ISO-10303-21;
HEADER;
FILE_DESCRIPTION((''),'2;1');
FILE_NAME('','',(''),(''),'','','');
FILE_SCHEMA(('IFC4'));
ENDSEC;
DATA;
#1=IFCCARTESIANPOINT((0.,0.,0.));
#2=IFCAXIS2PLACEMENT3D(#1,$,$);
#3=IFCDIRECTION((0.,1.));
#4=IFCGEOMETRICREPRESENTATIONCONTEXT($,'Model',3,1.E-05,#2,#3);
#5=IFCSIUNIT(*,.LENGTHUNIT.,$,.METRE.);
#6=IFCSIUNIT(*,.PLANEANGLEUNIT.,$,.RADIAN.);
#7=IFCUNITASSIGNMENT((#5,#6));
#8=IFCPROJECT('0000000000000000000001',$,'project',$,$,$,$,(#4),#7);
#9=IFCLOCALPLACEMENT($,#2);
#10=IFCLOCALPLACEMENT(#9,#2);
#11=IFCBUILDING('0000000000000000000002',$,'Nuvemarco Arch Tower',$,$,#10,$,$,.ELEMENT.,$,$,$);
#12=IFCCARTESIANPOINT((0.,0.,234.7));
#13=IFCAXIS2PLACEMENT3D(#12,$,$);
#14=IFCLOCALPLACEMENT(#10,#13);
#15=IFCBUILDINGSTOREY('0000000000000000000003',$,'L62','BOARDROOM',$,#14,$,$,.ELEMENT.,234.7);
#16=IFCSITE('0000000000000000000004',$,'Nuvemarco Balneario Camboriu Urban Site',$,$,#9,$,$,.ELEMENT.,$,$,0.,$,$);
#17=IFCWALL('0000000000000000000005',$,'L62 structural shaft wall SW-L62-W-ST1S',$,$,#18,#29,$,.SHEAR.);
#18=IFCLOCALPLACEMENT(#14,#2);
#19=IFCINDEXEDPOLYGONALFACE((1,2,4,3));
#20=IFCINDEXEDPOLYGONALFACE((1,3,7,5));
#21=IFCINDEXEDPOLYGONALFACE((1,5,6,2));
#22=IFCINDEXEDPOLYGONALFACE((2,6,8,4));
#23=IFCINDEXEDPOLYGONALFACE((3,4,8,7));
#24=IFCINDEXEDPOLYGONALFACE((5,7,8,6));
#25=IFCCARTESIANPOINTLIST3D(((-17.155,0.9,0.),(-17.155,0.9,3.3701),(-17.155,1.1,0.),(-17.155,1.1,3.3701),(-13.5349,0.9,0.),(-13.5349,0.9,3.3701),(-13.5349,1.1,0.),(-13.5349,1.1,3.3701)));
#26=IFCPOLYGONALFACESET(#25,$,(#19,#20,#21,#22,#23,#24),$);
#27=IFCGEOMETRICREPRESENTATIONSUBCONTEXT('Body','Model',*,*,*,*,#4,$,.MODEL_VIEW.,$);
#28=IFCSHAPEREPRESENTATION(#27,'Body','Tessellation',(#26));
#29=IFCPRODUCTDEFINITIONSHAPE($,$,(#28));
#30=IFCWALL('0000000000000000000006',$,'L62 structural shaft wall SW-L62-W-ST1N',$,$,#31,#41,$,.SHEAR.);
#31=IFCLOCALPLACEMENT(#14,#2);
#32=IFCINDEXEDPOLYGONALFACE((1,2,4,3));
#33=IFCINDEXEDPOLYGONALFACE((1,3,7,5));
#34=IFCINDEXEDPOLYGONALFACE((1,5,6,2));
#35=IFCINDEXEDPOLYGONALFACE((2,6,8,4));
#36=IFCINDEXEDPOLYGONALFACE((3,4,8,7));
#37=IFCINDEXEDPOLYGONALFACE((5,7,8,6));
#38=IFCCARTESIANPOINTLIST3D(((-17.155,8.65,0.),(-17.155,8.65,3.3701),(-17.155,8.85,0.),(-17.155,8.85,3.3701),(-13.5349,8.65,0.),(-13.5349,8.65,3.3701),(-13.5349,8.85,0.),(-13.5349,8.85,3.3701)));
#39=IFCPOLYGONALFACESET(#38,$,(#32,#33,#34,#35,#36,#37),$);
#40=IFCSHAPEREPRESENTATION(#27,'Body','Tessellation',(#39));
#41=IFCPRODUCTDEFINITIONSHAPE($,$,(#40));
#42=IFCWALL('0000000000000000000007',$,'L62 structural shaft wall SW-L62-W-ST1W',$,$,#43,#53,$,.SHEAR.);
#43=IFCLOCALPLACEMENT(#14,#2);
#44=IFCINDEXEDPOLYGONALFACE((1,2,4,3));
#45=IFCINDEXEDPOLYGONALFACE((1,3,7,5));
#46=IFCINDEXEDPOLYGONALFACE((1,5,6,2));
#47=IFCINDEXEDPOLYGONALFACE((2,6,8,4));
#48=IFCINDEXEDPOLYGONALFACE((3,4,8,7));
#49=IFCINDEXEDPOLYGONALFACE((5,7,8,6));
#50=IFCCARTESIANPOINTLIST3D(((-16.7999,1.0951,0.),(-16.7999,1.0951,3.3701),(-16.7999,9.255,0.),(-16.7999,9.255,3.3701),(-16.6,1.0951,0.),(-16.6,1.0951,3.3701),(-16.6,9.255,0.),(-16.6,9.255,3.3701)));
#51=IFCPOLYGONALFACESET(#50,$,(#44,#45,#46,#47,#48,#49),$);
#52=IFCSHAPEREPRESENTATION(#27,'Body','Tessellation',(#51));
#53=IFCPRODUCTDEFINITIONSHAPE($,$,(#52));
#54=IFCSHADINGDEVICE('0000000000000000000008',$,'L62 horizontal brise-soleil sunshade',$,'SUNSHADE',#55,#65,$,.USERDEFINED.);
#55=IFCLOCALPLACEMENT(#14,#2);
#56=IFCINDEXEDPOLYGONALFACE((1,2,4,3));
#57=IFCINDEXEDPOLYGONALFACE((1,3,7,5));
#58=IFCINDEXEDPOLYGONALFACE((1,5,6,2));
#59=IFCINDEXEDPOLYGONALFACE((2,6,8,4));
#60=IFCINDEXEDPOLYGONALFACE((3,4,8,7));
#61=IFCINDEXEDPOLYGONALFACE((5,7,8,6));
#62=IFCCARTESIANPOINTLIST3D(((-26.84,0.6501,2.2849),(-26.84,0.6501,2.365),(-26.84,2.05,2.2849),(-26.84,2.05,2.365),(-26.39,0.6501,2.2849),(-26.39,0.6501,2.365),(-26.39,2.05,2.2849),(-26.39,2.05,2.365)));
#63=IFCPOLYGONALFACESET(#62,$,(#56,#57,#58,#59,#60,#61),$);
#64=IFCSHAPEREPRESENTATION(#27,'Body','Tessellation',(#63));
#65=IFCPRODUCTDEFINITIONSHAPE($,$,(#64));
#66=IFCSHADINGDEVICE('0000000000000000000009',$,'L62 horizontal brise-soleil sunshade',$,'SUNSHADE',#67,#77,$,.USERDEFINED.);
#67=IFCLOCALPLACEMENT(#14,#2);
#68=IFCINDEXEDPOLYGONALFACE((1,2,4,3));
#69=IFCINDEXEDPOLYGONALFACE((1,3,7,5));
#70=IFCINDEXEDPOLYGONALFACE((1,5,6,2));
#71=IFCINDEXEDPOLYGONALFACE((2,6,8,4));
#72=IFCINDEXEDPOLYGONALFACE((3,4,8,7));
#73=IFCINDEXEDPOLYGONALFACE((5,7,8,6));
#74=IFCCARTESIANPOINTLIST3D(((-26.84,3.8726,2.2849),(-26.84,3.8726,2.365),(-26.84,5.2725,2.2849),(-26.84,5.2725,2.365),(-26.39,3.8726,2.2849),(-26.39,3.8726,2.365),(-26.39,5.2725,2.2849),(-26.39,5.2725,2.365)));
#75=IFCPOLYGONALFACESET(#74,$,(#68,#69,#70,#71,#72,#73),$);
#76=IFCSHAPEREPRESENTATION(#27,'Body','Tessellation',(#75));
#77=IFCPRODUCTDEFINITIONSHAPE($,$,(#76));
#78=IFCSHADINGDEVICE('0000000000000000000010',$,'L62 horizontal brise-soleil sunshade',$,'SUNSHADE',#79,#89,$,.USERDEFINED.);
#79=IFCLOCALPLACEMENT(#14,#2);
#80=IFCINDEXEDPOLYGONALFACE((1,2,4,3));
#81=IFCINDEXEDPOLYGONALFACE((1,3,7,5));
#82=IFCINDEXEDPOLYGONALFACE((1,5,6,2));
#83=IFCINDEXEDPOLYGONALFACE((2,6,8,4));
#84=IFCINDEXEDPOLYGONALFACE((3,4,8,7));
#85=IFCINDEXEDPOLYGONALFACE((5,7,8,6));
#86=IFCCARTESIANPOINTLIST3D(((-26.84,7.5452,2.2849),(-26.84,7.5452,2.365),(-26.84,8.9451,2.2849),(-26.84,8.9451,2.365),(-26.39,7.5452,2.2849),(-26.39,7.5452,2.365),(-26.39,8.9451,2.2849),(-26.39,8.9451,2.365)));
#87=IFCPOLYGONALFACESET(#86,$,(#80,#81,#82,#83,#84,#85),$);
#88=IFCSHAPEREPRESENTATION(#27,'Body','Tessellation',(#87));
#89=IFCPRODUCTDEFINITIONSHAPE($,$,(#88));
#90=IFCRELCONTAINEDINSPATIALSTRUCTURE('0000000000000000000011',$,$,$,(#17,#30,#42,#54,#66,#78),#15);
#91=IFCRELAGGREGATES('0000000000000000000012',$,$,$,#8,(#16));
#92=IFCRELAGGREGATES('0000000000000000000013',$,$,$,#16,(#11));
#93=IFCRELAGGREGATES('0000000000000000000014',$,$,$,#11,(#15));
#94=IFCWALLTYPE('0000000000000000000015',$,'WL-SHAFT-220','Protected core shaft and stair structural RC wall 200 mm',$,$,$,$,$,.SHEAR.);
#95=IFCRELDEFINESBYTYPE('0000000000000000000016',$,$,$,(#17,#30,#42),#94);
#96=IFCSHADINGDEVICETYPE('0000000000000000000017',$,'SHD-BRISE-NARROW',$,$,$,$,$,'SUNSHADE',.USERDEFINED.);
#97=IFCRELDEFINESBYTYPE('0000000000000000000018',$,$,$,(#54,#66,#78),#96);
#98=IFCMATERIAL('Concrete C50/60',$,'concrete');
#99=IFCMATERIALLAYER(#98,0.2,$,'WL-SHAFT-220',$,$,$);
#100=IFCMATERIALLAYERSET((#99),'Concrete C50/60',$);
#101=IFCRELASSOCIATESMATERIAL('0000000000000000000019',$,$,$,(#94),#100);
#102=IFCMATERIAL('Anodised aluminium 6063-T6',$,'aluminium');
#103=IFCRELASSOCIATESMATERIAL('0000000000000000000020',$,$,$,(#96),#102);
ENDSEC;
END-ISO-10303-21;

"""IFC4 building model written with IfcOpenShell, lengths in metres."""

from ifc_helpers import new_model, si_unit, direction, frame, frame_2d, origin, origin_2d, place, context, subcontext, project, spatial, rectangle, extrude, source, transform, mapped, material, layer, layer_set, type_object, type_shapes, element, save


model = new_model("IFC4")

# Units and contexts
model_context = context("Model", 3, precision=1e-05, world=origin(), true_north=direction((0.0, 1.0)))
body_context = subcontext(model_context, "Body", "Model", "MODEL_VIEW")
ifc_project = project(units=[si_unit("LENGTHUNIT", "METRE"), si_unit("PLANEANGLEUNIT", "RADIAN")], contexts=[model_context])

# Site, building, storey
site_placement = place(None, origin())
site = spatial("IfcSite", under=ifc_project, at=site_placement, Name="Nuvemarco Balneario Camboriu Urban Site", CompositionType="ELEMENT", RefElevation=0.0)
building_placement = place(site_placement, origin())
building = spatial("IfcBuilding", under=site, at=building_placement, Name="Nuvemarco Arch Tower", CompositionType="ELEMENT")
storey_placement = place(building_placement, frame((0.0, 0.0, 234.7)))
storey = spatial("IfcBuildingStorey", under=building, at=storey_placement, Name="L62", Description="BOARDROOM", CompositionType="ELEMENT", Elevation=234.7)

# Shared definitions
ifc_material_1 = material(Name="Concrete C50/60", Category="concrete")

# Walls
ifc_layer_1 = layer(ifc_material_1, 0.2, Name="WL-SHAFT-220")
ifc_layer_set_1 = layer_set([ifc_layer_1], Name="Concrete C50/60")
wall_type_1 = type_object("IfcWallType", Name="WL-SHAFT-220", Description="Protected core shaft and stair structural RC wall 200 mm", PredefinedType="SHEAR", material=ifc_layer_set_1)
for number, where, z_axis, x_axis, name in (
    (1, (-17.155, 1.0, 0.0), (0.0, 0.0, 1.0), (1.0, 0.0, 0.0), "L62 structural shaft wall SW-L62-W-ST1S"),
    (2, (-17.155, 8.75, 0.0), (0.0, 0.0, 1.0), (1.0, 0.0, 0.0), "L62 structural shaft wall SW-L62-W-ST1N"),
):
    element("IfcWall", number, at=place(storey_placement, frame(where, z_axis=z_axis, x_axis=x_axis)), inside=storey, type_object=wall_type_1, Name=name, PredefinedType="SHEAR", context=body_context, shape_type="SweptSolid", body=[
        extrude(rectangle(XDim=3.6201, YDim=0.2, at=frame_2d((1.8101, 0.0))), origin(), (0.0, 0.0, 1.0), 3.3701),
    ])
wall_1_placement = place(storey_placement, frame((-16.7, 1.095, 0.0), z_axis=(0.0, 0.0, 1.0), x_axis=(0.0, 1.0, 0.0)))
element("IfcWall", 3, at=wall_1_placement, inside=storey, type_object=wall_type_1, Name="L62 structural shaft wall SW-L62-W-ST1W", PredefinedType="SHEAR", context=body_context, shape_type="SweptSolid", body=[
    extrude(rectangle(XDim=8.1599, YDim=0.2, at=frame_2d((4.0801, 0.0))), origin(), (0.0, 0.0, 1.0), 3.3701),
])

# Shading devices
ifc_material_2 = material(Name="Anodised aluminium 6063-T6", Category="aluminium")
shading_device_type = type_object("IfcShadingDeviceType", Name="SHD-BRISE-NARROW", ElementType="SUNSHADE", PredefinedType="USERDEFINED", material=ifc_material_2)
shared_shape = source(origin(), body_context, "Body", "SweptSolid", [
    extrude(rectangle(XDim=1.3999, YDim=0.45, at=origin_2d()), origin(), (0.0, 0.0, 1.0), 0.0801),
])
type_shapes(shading_device_type, [shared_shape])
for number, where, z_axis, x_axis, name in (
    (4, (-26.615, 1.3501, 2.2849), (0.0, 0.0, 1.0), (0.0, 1.0, 0.0), "L62 horizontal brise-soleil sunshade"),
    (5, (-26.615, 4.5725, 2.2849), (0.0, 0.0, 1.0), (0.0, 1.0, 0.0), "L62 horizontal brise-soleil sunshade"),
    (6, (-26.615, 8.2451, 2.2849), (0.0, 0.0, 1.0), (0.0, 1.0, 0.0), "L62 horizontal brise-soleil sunshade"),
):
    element("IfcShadingDevice", number, at=place(storey_placement, frame(where, z_axis=z_axis, x_axis=x_axis)), inside=storey, type_object=shading_device_type, Name=name, ObjectType="SUNSHADE", PredefinedType="USERDEFINED", context=body_context, shape_type="MappedRepresentation", body=[
        mapped(shared_shape, transform((0.0, 0.0, 0.0), scale=1.0)),
    ])

save(model, "model.ifc")
